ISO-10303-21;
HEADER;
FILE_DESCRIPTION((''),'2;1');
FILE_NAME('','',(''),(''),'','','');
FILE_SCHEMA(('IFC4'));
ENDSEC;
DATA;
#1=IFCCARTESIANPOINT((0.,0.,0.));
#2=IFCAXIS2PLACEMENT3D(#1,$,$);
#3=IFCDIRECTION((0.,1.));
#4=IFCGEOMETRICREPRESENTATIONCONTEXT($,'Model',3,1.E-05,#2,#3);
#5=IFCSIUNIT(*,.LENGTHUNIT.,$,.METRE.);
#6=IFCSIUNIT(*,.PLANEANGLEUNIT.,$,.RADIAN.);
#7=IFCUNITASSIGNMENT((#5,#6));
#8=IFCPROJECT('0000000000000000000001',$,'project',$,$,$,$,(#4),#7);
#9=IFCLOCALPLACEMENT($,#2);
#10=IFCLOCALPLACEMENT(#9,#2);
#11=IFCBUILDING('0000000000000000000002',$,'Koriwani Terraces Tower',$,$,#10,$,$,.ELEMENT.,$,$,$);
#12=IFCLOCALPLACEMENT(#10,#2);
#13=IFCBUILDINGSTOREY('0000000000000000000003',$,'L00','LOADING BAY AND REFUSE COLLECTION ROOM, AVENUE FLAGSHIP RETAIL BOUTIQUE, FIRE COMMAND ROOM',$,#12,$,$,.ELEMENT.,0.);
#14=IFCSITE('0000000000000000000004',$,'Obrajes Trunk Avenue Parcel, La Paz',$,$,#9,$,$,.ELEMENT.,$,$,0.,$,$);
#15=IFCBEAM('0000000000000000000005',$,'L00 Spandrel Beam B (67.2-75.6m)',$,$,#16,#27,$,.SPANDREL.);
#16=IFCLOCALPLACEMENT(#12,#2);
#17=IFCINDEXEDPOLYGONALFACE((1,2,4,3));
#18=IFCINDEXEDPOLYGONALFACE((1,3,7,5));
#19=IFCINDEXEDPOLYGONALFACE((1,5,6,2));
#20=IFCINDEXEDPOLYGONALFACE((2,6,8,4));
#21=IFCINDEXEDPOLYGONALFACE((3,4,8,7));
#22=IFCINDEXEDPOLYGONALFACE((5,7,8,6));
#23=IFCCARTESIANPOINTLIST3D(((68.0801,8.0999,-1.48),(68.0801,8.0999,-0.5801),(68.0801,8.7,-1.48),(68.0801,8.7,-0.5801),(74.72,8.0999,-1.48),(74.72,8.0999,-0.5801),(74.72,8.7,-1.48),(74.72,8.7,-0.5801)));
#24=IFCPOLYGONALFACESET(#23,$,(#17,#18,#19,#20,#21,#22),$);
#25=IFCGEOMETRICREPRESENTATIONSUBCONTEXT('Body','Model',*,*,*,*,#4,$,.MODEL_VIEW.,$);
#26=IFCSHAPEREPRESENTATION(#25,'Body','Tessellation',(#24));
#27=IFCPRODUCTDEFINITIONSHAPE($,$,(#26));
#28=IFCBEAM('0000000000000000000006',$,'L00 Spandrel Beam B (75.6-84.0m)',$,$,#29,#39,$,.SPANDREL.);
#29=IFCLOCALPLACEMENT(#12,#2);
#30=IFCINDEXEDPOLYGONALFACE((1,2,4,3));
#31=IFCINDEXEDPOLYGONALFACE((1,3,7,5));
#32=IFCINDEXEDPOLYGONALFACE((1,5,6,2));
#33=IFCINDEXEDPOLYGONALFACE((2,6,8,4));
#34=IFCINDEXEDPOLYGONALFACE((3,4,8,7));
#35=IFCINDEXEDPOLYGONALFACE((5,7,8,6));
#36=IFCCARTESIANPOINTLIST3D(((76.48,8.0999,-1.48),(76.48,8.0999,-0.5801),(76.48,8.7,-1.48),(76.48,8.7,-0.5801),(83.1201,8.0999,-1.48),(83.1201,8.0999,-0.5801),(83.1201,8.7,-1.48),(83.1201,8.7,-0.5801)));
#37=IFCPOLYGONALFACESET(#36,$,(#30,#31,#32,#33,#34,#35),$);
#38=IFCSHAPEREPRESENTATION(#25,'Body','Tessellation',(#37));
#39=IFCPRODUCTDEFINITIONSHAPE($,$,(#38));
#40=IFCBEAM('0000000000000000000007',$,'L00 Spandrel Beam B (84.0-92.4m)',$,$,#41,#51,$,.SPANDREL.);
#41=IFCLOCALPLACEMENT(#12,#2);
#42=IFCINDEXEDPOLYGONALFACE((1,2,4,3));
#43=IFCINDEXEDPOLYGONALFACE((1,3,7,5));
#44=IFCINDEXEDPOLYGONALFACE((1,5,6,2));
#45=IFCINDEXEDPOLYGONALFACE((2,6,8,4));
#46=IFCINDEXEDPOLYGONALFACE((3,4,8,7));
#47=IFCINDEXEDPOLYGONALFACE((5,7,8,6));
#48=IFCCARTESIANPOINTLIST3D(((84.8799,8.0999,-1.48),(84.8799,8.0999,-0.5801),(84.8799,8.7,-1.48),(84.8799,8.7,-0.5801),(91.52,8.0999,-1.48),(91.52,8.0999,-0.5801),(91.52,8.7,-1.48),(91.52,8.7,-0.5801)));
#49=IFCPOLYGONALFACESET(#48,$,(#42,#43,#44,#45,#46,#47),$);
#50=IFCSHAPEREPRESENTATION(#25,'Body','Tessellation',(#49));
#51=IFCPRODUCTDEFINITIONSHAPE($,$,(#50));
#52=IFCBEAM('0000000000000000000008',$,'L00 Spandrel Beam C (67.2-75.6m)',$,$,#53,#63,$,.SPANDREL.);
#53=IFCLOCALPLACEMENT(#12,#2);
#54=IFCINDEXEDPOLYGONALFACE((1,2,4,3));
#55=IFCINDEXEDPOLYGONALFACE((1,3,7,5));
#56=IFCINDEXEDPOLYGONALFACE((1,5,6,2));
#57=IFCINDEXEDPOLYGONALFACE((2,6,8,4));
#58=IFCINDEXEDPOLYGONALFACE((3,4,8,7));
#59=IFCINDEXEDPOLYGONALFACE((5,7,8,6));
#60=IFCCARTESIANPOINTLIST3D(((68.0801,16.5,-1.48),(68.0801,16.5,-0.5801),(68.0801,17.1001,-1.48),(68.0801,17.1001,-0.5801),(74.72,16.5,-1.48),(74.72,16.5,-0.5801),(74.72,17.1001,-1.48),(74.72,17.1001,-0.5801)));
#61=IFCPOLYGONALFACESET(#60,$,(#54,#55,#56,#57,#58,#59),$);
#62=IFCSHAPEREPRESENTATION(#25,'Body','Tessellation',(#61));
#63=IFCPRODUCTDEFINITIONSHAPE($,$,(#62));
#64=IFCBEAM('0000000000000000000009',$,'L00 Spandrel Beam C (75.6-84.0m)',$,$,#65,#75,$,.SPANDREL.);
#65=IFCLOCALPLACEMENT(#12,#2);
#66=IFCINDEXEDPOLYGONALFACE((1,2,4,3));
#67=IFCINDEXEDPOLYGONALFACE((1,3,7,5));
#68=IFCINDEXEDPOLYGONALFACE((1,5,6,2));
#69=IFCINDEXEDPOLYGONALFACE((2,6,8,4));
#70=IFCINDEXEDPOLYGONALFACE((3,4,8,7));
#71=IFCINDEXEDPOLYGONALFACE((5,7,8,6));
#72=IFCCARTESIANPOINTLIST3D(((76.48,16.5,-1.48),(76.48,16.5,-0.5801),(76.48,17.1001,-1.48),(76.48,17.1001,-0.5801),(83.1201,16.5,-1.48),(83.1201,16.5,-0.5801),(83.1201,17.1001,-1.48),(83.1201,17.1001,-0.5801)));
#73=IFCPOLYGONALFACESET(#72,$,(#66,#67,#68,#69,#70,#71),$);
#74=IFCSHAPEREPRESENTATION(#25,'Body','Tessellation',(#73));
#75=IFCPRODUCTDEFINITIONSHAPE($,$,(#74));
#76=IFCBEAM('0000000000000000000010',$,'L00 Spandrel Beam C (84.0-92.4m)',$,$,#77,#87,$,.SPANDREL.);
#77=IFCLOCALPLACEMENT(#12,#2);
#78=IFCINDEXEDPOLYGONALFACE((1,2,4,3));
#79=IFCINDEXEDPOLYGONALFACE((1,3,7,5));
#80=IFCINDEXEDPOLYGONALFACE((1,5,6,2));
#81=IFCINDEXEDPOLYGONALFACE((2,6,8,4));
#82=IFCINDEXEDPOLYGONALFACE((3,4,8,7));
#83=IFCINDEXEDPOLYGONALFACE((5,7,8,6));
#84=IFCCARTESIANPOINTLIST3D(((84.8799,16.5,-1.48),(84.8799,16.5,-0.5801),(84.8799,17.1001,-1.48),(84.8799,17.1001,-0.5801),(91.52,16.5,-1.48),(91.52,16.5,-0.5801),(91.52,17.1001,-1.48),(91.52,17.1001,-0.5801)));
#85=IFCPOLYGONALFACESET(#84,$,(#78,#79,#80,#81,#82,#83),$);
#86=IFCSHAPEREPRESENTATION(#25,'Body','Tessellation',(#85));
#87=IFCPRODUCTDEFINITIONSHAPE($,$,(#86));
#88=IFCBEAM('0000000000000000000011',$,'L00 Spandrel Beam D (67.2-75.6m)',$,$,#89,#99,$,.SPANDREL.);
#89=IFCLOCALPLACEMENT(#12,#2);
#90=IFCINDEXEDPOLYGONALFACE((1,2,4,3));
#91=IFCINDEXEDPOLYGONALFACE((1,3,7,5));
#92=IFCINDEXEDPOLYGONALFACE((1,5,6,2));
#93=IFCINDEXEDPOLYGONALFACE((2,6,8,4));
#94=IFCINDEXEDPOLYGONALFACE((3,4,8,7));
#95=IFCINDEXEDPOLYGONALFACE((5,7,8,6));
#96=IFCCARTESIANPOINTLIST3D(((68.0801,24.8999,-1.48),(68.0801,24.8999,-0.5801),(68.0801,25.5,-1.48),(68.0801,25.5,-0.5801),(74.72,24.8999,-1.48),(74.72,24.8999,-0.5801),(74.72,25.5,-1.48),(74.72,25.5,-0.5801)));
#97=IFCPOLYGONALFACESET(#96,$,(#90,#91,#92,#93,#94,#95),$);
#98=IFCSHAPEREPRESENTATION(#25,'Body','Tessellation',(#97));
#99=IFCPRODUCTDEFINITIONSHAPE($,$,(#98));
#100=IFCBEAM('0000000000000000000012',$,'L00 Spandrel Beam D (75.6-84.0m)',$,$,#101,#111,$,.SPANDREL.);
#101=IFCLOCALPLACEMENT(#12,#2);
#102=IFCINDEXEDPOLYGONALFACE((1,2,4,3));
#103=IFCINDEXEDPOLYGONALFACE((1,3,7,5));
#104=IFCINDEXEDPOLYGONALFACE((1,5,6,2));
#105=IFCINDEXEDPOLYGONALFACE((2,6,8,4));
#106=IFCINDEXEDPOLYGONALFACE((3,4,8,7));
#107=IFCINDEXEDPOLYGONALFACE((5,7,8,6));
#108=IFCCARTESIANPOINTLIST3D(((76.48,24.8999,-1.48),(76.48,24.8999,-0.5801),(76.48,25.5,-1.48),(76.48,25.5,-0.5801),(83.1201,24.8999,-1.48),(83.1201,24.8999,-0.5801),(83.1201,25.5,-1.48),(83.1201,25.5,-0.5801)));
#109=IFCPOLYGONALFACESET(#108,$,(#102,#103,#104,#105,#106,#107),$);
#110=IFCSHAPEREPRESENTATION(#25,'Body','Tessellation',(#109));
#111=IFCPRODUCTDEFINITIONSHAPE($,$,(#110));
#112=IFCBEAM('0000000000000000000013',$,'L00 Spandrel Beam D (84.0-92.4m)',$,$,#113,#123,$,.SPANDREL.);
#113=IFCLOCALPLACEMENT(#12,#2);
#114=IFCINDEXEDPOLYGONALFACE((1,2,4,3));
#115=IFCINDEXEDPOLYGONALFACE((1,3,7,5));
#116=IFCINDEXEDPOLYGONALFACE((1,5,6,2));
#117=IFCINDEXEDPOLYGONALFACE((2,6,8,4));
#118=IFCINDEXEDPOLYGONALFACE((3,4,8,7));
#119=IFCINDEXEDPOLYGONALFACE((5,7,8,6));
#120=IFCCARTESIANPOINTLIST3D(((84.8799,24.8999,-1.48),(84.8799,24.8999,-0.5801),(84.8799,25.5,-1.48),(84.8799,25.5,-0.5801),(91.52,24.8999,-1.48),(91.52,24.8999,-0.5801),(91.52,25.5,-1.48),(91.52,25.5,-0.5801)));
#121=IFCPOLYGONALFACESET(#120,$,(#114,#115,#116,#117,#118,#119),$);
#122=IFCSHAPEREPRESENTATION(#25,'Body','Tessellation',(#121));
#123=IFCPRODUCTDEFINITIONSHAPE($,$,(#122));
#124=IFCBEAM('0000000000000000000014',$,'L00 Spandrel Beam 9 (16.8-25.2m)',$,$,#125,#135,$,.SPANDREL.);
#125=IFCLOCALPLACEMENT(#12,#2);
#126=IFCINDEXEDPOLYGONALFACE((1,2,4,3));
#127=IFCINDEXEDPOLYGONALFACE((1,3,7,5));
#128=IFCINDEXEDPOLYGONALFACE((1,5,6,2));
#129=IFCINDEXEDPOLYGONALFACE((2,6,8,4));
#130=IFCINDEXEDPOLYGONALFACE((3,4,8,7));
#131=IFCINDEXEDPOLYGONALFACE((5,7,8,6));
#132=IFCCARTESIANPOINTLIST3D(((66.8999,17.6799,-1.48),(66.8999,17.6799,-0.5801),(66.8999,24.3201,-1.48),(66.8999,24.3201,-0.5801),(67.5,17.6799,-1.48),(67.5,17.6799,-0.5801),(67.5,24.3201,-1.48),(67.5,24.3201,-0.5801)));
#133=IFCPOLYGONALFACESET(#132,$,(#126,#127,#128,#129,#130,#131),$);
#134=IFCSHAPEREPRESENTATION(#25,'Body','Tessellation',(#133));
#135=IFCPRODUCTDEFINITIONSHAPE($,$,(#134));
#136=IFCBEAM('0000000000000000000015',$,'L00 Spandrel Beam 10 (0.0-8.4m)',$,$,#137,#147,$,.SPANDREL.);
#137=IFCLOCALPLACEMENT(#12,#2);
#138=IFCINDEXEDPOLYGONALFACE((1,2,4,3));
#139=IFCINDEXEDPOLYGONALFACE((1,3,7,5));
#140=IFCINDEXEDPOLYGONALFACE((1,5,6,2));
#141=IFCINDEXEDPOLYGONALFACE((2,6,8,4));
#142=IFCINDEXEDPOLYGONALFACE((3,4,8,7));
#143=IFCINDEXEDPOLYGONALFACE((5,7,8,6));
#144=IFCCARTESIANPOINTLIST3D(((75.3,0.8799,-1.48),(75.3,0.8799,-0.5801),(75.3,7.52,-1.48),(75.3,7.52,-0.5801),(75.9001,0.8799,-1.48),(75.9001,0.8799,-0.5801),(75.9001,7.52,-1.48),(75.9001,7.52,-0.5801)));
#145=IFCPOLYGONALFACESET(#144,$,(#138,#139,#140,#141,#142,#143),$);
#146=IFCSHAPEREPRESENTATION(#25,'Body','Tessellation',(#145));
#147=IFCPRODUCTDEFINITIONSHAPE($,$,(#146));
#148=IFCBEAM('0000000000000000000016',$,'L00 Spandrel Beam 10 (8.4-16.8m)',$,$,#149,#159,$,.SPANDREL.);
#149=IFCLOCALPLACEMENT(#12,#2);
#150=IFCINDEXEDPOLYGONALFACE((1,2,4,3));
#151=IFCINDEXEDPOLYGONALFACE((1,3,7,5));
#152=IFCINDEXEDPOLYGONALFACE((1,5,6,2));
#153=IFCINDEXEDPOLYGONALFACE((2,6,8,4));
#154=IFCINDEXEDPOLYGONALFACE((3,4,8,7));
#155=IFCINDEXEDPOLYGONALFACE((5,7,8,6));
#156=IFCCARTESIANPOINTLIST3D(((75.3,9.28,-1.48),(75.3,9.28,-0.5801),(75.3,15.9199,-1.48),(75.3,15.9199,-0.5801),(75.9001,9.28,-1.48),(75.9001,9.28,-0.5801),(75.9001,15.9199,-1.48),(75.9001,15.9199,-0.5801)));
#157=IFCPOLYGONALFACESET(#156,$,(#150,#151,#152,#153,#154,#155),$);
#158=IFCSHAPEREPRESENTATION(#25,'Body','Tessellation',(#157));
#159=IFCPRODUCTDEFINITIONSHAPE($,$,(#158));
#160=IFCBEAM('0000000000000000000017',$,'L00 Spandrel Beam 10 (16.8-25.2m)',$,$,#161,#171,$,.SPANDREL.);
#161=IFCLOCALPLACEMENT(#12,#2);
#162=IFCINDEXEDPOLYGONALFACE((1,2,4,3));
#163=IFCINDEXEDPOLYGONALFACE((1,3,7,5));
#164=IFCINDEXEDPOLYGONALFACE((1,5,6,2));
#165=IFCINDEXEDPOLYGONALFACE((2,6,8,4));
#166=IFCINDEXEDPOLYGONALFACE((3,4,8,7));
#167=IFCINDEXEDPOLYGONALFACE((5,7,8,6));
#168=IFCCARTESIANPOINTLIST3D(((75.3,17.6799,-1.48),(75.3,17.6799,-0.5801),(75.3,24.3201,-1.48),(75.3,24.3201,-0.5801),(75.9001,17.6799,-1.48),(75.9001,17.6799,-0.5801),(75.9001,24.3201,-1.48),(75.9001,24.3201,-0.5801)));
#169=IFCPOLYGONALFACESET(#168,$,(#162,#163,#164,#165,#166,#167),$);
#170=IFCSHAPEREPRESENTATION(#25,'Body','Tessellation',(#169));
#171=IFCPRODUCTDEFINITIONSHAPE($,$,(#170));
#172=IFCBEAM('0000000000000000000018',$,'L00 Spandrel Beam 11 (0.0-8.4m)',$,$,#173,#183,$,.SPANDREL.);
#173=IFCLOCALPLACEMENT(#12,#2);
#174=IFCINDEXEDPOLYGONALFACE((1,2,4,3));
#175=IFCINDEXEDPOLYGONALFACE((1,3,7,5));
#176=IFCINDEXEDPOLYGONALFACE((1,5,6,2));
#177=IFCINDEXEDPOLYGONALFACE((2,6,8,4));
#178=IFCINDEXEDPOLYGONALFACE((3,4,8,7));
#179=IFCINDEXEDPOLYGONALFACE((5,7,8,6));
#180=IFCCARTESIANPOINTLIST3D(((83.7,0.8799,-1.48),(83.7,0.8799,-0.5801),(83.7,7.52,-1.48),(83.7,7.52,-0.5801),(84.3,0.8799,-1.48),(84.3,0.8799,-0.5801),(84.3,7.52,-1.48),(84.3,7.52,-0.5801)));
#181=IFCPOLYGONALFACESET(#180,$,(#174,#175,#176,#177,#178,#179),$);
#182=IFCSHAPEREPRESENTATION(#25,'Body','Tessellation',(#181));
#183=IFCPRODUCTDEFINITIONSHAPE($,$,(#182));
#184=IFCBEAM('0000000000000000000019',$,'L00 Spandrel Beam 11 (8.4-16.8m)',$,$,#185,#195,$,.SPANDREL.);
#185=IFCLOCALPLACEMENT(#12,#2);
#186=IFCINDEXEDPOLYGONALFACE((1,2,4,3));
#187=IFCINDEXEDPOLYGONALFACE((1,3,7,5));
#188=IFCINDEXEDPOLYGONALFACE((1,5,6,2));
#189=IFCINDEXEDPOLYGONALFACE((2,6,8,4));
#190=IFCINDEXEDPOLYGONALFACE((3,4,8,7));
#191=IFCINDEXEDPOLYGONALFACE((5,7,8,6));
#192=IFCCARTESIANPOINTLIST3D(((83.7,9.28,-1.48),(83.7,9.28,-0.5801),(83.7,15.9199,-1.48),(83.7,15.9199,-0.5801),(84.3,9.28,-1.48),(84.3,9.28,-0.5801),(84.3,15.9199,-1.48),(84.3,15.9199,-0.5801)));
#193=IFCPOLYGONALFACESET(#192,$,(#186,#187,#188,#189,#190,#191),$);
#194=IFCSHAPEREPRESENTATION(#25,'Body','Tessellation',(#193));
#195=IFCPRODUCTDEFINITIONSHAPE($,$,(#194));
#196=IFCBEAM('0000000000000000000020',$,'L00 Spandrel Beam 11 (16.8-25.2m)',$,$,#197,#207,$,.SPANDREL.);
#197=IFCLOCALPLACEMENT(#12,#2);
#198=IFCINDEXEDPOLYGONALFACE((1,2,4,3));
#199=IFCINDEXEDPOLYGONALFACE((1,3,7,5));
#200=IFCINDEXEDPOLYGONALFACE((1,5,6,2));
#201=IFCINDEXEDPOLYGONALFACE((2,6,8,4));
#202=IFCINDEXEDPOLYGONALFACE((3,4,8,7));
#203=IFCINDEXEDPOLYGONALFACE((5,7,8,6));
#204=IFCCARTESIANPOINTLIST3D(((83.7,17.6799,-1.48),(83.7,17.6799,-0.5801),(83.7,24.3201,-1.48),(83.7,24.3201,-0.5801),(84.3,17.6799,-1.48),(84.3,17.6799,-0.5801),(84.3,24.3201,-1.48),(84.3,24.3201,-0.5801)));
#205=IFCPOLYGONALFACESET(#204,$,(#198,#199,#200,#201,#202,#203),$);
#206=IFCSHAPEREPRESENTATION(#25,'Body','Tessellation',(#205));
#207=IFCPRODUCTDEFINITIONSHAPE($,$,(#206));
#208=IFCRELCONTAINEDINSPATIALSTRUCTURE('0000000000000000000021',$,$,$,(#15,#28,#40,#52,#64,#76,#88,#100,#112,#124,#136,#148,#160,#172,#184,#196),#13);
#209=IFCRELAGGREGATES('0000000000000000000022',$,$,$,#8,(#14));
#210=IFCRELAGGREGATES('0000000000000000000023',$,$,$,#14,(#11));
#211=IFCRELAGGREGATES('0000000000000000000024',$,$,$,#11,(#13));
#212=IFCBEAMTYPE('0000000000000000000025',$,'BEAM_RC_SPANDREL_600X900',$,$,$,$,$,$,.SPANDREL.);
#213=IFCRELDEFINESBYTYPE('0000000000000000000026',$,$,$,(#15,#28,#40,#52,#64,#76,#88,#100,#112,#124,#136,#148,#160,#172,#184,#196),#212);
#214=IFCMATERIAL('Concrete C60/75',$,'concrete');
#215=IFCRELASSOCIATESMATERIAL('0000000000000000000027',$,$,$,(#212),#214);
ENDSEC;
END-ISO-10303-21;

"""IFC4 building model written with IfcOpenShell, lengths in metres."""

from ifc_helpers import new_model, si_unit, direction, frame, origin, origin_2d, place, context, subcontext, project, spatial, rectangle, extrude, material, material_profile, profile_set, type_object, element, save


model = new_model("IFC4")

# Units and contexts
model_context = context("Model", 3, precision=1e-05, world=origin(), true_north=direction((0.0, 1.0)))
body_context = subcontext(model_context, "Body", "Model", "MODEL_VIEW")
ifc_project = project(units=[si_unit("LENGTHUNIT", "METRE"), si_unit("PLANEANGLEUNIT", "RADIAN")], contexts=[model_context])

# Site, building, storey
site_placement = place(None, origin())
site = spatial("IfcSite", under=ifc_project, at=site_placement, Name="Obrajes Trunk Avenue Parcel, La Paz", CompositionType="ELEMENT", RefElevation=0.0)
building_placement = place(site_placement, origin())
building = spatial("IfcBuilding", under=site, at=building_placement, Name="Koriwani Terraces Tower", CompositionType="ELEMENT")
storey_placement = place(building_placement, origin())
storey = spatial("IfcBuildingStorey", under=building, at=storey_placement, Name="L00", Description="LOADING BAY AND REFUSE COLLECTION ROOM, AVENUE FLAGSHIP RETAIL BOUTIQUE, FIRE COMMAND ROOM", CompositionType="ELEMENT", Elevation=0.0)

# Shared definitions
ifc_material_1 = material(Name="Concrete C60/75", Category="concrete")

# Beams
ifc_material_profile_1 = material_profile(ifc_material_1, rectangle(XDim=0.6001, YDim=0.8999, at=origin_2d()), Name="Concrete C60/75", Category="LoadBearing")
ifc_profile_set_1 = profile_set([ifc_material_profile_1], Name="Concrete C60/75")
beam_type_1 = type_object("IfcBeamType", Name="BEAM_RC_SPANDREL_600X900", PredefinedType="SPANDREL", material=ifc_profile_set_1)
beam_1_placement = place(storey_placement, frame((68.0801, 8.3999, -1.03), z_axis=(1.0, 0.0, 0.0), x_axis=(0.0, 1.0, 0.0)))
element("IfcBeam", 1, at=beam_1_placement, inside=storey, type_object=beam_type_1, Name="L00 Spandrel Beam B (67.2-75.6m)", PredefinedType="SPANDREL", context=body_context, shape_type="SweptSolid", body=[
    extrude(rectangle(XDim=0.6001, YDim=0.8999, at=origin_2d()), origin(), (0.0, 0.0, 1.0), 6.6399),
])
for number, where, z_axis, x_axis, name in (
    (2, (76.48, 8.3999, -1.03), (1.0, 0.0, 0.0), (0.0, 1.0, 0.0), "L00 Spandrel Beam B (75.6-84.0m)"),
    (3, (84.8799, 8.3999, -1.03), (1.0, 0.0, 0.0), (0.0, 1.0, 0.0), "L00 Spandrel Beam B (84.0-92.4m)"),
):
    element("IfcBeam", number, at=place(storey_placement, frame(where, z_axis=z_axis, x_axis=x_axis)), inside=storey, type_object=beam_type_1, Name=name, PredefinedType="SPANDREL", context=body_context, shape_type="SweptSolid", body=[
        extrude(rectangle(XDim=0.6001, YDim=0.8999, at=origin_2d()), origin(), (0.0, 0.0, 1.0), 6.6401),
    ])
beam_2_placement = place(storey_placement, frame((68.0801, 16.8, -1.03), z_axis=(1.0, 0.0, 0.0), x_axis=(0.0, 1.0, 0.0)))
element("IfcBeam", 4, at=beam_2_placement, inside=storey, type_object=beam_type_1, Name="L00 Spandrel Beam C (67.2-75.6m)", PredefinedType="SPANDREL", context=body_context, shape_type="SweptSolid", body=[
    extrude(rectangle(XDim=0.6001, YDim=0.8999, at=origin_2d()), origin(), (0.0, 0.0, 1.0), 6.6399),
])
for number, where, z_axis, x_axis, name in (
    (5, (76.48, 16.8, -1.03), (1.0, 0.0, 0.0), (0.0, 1.0, 0.0), "L00 Spandrel Beam C (75.6-84.0m)"),
    (6, (84.8799, 16.8, -1.03), (1.0, 0.0, 0.0), (0.0, 1.0, 0.0), "L00 Spandrel Beam C (84.0-92.4m)"),
):
    element("IfcBeam", number, at=place(storey_placement, frame(where, z_axis=z_axis, x_axis=x_axis)), inside=storey, type_object=beam_type_1, Name=name, PredefinedType="SPANDREL", context=body_context, shape_type="SweptSolid", body=[
        extrude(rectangle(XDim=0.6001, YDim=0.8999, at=origin_2d()), origin(), (0.0, 0.0, 1.0), 6.6401),
    ])
beam_3_placement = place(storey_placement, frame((68.0801, 25.2, -1.03), z_axis=(1.0, 0.0, 0.0), x_axis=(0.0, 1.0, 0.0)))
element("IfcBeam", 7, at=beam_3_placement, inside=storey, type_object=beam_type_1, Name="L00 Spandrel Beam D (67.2-75.6m)", PredefinedType="SPANDREL", context=body_context, shape_type="SweptSolid", body=[
    extrude(rectangle(XDim=0.6001, YDim=0.8999, at=origin_2d()), origin(), (0.0, 0.0, 1.0), 6.6399),
])
for number, where, z_axis, x_axis, name in (
    (8, (76.48, 25.2, -1.03), (1.0, 0.0, 0.0), (0.0, 1.0, 0.0), "L00 Spandrel Beam D (75.6-84.0m)"),
    (9, (84.8799, 25.2, -1.03), (1.0, 0.0, 0.0), (0.0, 1.0, 0.0), "L00 Spandrel Beam D (84.0-92.4m)"),
    (10, (67.2, 17.6799, -1.03), (0.0, 1.0, 0.0), (-1.0, 0.0, 0.0), "L00 Spandrel Beam 9 (16.8-25.2m)"),
    (11, (75.6001, 0.8799, -1.03), (0.0, 1.0, 0.0), (-1.0, 0.0, 0.0), "L00 Spandrel Beam 10 (0.0-8.4m)"),
):
    element("IfcBeam", number, at=place(storey_placement, frame(where, z_axis=z_axis, x_axis=x_axis)), inside=storey, type_object=beam_type_1, Name=name, PredefinedType="SPANDREL", context=body_context, shape_type="SweptSolid", body=[
        extrude(rectangle(XDim=0.6001, YDim=0.8999, at=origin_2d()), origin(), (0.0, 0.0, 1.0), 6.6401),
    ])
beam_4_placement = place(storey_placement, frame((75.6001, 9.28, -1.03), z_axis=(0.0, 1.0, 0.0), x_axis=(-1.0, 0.0, 0.0)))
element("IfcBeam", 12, at=beam_4_placement, inside=storey, type_object=beam_type_1, Name="L00 Spandrel Beam 10 (8.4-16.8m)", PredefinedType="SPANDREL", context=body_context, shape_type="SweptSolid", body=[
    extrude(rectangle(XDim=0.6001, YDim=0.8999, at=origin_2d()), origin(), (0.0, 0.0, 1.0), 6.6399),
])
for number, where, z_axis, x_axis, name in (
    (13, (75.6001, 17.6799, -1.03), (0.0, 1.0, 0.0), (-1.0, 0.0, 0.0), "L00 Spandrel Beam 10 (16.8-25.2m)"),
    (14, (84.0, 0.8799, -1.03), (0.0, 1.0, 0.0), (-1.0, 0.0, 0.0), "L00 Spandrel Beam 11 (0.0-8.4m)"),
):
    element("IfcBeam", number, at=place(storey_placement, frame(where, z_axis=z_axis, x_axis=x_axis)), inside=storey, type_object=beam_type_1, Name=name, PredefinedType="SPANDREL", context=body_context, shape_type="SweptSolid", body=[
        extrude(rectangle(XDim=0.6001, YDim=0.8999, at=origin_2d()), origin(), (0.0, 0.0, 1.0), 6.6401),
    ])
beam_5_placement = place(storey_placement, frame((84.0, 9.28, -1.03), z_axis=(0.0, 1.0, 0.0), x_axis=(-1.0, 0.0, 0.0)))
element("IfcBeam", 15, at=beam_5_placement, inside=storey, type_object=beam_type_1, Name="L00 Spandrel Beam 11 (8.4-16.8m)", PredefinedType="SPANDREL", context=body_context, shape_type="SweptSolid", body=[
    extrude(rectangle(XDim=0.6001, YDim=0.8999, at=origin_2d()), origin(), (0.0, 0.0, 1.0), 6.6399),
])
beam_6_placement = place(storey_placement, frame((84.0, 17.6799, -1.03), z_axis=(0.0, 1.0, 0.0), x_axis=(-1.0, 0.0, 0.0)))
element("IfcBeam", 16, at=beam_6_placement, inside=storey, type_object=beam_type_1, Name="L00 Spandrel Beam 11 (16.8-25.2m)", PredefinedType="SPANDREL", context=body_context, shape_type="SweptSolid", body=[
    extrude(rectangle(XDim=0.6001, YDim=0.8999, at=origin_2d()), origin(), (0.0, 0.0, 1.0), 6.6401),
])

save(model, "model.ifc")
